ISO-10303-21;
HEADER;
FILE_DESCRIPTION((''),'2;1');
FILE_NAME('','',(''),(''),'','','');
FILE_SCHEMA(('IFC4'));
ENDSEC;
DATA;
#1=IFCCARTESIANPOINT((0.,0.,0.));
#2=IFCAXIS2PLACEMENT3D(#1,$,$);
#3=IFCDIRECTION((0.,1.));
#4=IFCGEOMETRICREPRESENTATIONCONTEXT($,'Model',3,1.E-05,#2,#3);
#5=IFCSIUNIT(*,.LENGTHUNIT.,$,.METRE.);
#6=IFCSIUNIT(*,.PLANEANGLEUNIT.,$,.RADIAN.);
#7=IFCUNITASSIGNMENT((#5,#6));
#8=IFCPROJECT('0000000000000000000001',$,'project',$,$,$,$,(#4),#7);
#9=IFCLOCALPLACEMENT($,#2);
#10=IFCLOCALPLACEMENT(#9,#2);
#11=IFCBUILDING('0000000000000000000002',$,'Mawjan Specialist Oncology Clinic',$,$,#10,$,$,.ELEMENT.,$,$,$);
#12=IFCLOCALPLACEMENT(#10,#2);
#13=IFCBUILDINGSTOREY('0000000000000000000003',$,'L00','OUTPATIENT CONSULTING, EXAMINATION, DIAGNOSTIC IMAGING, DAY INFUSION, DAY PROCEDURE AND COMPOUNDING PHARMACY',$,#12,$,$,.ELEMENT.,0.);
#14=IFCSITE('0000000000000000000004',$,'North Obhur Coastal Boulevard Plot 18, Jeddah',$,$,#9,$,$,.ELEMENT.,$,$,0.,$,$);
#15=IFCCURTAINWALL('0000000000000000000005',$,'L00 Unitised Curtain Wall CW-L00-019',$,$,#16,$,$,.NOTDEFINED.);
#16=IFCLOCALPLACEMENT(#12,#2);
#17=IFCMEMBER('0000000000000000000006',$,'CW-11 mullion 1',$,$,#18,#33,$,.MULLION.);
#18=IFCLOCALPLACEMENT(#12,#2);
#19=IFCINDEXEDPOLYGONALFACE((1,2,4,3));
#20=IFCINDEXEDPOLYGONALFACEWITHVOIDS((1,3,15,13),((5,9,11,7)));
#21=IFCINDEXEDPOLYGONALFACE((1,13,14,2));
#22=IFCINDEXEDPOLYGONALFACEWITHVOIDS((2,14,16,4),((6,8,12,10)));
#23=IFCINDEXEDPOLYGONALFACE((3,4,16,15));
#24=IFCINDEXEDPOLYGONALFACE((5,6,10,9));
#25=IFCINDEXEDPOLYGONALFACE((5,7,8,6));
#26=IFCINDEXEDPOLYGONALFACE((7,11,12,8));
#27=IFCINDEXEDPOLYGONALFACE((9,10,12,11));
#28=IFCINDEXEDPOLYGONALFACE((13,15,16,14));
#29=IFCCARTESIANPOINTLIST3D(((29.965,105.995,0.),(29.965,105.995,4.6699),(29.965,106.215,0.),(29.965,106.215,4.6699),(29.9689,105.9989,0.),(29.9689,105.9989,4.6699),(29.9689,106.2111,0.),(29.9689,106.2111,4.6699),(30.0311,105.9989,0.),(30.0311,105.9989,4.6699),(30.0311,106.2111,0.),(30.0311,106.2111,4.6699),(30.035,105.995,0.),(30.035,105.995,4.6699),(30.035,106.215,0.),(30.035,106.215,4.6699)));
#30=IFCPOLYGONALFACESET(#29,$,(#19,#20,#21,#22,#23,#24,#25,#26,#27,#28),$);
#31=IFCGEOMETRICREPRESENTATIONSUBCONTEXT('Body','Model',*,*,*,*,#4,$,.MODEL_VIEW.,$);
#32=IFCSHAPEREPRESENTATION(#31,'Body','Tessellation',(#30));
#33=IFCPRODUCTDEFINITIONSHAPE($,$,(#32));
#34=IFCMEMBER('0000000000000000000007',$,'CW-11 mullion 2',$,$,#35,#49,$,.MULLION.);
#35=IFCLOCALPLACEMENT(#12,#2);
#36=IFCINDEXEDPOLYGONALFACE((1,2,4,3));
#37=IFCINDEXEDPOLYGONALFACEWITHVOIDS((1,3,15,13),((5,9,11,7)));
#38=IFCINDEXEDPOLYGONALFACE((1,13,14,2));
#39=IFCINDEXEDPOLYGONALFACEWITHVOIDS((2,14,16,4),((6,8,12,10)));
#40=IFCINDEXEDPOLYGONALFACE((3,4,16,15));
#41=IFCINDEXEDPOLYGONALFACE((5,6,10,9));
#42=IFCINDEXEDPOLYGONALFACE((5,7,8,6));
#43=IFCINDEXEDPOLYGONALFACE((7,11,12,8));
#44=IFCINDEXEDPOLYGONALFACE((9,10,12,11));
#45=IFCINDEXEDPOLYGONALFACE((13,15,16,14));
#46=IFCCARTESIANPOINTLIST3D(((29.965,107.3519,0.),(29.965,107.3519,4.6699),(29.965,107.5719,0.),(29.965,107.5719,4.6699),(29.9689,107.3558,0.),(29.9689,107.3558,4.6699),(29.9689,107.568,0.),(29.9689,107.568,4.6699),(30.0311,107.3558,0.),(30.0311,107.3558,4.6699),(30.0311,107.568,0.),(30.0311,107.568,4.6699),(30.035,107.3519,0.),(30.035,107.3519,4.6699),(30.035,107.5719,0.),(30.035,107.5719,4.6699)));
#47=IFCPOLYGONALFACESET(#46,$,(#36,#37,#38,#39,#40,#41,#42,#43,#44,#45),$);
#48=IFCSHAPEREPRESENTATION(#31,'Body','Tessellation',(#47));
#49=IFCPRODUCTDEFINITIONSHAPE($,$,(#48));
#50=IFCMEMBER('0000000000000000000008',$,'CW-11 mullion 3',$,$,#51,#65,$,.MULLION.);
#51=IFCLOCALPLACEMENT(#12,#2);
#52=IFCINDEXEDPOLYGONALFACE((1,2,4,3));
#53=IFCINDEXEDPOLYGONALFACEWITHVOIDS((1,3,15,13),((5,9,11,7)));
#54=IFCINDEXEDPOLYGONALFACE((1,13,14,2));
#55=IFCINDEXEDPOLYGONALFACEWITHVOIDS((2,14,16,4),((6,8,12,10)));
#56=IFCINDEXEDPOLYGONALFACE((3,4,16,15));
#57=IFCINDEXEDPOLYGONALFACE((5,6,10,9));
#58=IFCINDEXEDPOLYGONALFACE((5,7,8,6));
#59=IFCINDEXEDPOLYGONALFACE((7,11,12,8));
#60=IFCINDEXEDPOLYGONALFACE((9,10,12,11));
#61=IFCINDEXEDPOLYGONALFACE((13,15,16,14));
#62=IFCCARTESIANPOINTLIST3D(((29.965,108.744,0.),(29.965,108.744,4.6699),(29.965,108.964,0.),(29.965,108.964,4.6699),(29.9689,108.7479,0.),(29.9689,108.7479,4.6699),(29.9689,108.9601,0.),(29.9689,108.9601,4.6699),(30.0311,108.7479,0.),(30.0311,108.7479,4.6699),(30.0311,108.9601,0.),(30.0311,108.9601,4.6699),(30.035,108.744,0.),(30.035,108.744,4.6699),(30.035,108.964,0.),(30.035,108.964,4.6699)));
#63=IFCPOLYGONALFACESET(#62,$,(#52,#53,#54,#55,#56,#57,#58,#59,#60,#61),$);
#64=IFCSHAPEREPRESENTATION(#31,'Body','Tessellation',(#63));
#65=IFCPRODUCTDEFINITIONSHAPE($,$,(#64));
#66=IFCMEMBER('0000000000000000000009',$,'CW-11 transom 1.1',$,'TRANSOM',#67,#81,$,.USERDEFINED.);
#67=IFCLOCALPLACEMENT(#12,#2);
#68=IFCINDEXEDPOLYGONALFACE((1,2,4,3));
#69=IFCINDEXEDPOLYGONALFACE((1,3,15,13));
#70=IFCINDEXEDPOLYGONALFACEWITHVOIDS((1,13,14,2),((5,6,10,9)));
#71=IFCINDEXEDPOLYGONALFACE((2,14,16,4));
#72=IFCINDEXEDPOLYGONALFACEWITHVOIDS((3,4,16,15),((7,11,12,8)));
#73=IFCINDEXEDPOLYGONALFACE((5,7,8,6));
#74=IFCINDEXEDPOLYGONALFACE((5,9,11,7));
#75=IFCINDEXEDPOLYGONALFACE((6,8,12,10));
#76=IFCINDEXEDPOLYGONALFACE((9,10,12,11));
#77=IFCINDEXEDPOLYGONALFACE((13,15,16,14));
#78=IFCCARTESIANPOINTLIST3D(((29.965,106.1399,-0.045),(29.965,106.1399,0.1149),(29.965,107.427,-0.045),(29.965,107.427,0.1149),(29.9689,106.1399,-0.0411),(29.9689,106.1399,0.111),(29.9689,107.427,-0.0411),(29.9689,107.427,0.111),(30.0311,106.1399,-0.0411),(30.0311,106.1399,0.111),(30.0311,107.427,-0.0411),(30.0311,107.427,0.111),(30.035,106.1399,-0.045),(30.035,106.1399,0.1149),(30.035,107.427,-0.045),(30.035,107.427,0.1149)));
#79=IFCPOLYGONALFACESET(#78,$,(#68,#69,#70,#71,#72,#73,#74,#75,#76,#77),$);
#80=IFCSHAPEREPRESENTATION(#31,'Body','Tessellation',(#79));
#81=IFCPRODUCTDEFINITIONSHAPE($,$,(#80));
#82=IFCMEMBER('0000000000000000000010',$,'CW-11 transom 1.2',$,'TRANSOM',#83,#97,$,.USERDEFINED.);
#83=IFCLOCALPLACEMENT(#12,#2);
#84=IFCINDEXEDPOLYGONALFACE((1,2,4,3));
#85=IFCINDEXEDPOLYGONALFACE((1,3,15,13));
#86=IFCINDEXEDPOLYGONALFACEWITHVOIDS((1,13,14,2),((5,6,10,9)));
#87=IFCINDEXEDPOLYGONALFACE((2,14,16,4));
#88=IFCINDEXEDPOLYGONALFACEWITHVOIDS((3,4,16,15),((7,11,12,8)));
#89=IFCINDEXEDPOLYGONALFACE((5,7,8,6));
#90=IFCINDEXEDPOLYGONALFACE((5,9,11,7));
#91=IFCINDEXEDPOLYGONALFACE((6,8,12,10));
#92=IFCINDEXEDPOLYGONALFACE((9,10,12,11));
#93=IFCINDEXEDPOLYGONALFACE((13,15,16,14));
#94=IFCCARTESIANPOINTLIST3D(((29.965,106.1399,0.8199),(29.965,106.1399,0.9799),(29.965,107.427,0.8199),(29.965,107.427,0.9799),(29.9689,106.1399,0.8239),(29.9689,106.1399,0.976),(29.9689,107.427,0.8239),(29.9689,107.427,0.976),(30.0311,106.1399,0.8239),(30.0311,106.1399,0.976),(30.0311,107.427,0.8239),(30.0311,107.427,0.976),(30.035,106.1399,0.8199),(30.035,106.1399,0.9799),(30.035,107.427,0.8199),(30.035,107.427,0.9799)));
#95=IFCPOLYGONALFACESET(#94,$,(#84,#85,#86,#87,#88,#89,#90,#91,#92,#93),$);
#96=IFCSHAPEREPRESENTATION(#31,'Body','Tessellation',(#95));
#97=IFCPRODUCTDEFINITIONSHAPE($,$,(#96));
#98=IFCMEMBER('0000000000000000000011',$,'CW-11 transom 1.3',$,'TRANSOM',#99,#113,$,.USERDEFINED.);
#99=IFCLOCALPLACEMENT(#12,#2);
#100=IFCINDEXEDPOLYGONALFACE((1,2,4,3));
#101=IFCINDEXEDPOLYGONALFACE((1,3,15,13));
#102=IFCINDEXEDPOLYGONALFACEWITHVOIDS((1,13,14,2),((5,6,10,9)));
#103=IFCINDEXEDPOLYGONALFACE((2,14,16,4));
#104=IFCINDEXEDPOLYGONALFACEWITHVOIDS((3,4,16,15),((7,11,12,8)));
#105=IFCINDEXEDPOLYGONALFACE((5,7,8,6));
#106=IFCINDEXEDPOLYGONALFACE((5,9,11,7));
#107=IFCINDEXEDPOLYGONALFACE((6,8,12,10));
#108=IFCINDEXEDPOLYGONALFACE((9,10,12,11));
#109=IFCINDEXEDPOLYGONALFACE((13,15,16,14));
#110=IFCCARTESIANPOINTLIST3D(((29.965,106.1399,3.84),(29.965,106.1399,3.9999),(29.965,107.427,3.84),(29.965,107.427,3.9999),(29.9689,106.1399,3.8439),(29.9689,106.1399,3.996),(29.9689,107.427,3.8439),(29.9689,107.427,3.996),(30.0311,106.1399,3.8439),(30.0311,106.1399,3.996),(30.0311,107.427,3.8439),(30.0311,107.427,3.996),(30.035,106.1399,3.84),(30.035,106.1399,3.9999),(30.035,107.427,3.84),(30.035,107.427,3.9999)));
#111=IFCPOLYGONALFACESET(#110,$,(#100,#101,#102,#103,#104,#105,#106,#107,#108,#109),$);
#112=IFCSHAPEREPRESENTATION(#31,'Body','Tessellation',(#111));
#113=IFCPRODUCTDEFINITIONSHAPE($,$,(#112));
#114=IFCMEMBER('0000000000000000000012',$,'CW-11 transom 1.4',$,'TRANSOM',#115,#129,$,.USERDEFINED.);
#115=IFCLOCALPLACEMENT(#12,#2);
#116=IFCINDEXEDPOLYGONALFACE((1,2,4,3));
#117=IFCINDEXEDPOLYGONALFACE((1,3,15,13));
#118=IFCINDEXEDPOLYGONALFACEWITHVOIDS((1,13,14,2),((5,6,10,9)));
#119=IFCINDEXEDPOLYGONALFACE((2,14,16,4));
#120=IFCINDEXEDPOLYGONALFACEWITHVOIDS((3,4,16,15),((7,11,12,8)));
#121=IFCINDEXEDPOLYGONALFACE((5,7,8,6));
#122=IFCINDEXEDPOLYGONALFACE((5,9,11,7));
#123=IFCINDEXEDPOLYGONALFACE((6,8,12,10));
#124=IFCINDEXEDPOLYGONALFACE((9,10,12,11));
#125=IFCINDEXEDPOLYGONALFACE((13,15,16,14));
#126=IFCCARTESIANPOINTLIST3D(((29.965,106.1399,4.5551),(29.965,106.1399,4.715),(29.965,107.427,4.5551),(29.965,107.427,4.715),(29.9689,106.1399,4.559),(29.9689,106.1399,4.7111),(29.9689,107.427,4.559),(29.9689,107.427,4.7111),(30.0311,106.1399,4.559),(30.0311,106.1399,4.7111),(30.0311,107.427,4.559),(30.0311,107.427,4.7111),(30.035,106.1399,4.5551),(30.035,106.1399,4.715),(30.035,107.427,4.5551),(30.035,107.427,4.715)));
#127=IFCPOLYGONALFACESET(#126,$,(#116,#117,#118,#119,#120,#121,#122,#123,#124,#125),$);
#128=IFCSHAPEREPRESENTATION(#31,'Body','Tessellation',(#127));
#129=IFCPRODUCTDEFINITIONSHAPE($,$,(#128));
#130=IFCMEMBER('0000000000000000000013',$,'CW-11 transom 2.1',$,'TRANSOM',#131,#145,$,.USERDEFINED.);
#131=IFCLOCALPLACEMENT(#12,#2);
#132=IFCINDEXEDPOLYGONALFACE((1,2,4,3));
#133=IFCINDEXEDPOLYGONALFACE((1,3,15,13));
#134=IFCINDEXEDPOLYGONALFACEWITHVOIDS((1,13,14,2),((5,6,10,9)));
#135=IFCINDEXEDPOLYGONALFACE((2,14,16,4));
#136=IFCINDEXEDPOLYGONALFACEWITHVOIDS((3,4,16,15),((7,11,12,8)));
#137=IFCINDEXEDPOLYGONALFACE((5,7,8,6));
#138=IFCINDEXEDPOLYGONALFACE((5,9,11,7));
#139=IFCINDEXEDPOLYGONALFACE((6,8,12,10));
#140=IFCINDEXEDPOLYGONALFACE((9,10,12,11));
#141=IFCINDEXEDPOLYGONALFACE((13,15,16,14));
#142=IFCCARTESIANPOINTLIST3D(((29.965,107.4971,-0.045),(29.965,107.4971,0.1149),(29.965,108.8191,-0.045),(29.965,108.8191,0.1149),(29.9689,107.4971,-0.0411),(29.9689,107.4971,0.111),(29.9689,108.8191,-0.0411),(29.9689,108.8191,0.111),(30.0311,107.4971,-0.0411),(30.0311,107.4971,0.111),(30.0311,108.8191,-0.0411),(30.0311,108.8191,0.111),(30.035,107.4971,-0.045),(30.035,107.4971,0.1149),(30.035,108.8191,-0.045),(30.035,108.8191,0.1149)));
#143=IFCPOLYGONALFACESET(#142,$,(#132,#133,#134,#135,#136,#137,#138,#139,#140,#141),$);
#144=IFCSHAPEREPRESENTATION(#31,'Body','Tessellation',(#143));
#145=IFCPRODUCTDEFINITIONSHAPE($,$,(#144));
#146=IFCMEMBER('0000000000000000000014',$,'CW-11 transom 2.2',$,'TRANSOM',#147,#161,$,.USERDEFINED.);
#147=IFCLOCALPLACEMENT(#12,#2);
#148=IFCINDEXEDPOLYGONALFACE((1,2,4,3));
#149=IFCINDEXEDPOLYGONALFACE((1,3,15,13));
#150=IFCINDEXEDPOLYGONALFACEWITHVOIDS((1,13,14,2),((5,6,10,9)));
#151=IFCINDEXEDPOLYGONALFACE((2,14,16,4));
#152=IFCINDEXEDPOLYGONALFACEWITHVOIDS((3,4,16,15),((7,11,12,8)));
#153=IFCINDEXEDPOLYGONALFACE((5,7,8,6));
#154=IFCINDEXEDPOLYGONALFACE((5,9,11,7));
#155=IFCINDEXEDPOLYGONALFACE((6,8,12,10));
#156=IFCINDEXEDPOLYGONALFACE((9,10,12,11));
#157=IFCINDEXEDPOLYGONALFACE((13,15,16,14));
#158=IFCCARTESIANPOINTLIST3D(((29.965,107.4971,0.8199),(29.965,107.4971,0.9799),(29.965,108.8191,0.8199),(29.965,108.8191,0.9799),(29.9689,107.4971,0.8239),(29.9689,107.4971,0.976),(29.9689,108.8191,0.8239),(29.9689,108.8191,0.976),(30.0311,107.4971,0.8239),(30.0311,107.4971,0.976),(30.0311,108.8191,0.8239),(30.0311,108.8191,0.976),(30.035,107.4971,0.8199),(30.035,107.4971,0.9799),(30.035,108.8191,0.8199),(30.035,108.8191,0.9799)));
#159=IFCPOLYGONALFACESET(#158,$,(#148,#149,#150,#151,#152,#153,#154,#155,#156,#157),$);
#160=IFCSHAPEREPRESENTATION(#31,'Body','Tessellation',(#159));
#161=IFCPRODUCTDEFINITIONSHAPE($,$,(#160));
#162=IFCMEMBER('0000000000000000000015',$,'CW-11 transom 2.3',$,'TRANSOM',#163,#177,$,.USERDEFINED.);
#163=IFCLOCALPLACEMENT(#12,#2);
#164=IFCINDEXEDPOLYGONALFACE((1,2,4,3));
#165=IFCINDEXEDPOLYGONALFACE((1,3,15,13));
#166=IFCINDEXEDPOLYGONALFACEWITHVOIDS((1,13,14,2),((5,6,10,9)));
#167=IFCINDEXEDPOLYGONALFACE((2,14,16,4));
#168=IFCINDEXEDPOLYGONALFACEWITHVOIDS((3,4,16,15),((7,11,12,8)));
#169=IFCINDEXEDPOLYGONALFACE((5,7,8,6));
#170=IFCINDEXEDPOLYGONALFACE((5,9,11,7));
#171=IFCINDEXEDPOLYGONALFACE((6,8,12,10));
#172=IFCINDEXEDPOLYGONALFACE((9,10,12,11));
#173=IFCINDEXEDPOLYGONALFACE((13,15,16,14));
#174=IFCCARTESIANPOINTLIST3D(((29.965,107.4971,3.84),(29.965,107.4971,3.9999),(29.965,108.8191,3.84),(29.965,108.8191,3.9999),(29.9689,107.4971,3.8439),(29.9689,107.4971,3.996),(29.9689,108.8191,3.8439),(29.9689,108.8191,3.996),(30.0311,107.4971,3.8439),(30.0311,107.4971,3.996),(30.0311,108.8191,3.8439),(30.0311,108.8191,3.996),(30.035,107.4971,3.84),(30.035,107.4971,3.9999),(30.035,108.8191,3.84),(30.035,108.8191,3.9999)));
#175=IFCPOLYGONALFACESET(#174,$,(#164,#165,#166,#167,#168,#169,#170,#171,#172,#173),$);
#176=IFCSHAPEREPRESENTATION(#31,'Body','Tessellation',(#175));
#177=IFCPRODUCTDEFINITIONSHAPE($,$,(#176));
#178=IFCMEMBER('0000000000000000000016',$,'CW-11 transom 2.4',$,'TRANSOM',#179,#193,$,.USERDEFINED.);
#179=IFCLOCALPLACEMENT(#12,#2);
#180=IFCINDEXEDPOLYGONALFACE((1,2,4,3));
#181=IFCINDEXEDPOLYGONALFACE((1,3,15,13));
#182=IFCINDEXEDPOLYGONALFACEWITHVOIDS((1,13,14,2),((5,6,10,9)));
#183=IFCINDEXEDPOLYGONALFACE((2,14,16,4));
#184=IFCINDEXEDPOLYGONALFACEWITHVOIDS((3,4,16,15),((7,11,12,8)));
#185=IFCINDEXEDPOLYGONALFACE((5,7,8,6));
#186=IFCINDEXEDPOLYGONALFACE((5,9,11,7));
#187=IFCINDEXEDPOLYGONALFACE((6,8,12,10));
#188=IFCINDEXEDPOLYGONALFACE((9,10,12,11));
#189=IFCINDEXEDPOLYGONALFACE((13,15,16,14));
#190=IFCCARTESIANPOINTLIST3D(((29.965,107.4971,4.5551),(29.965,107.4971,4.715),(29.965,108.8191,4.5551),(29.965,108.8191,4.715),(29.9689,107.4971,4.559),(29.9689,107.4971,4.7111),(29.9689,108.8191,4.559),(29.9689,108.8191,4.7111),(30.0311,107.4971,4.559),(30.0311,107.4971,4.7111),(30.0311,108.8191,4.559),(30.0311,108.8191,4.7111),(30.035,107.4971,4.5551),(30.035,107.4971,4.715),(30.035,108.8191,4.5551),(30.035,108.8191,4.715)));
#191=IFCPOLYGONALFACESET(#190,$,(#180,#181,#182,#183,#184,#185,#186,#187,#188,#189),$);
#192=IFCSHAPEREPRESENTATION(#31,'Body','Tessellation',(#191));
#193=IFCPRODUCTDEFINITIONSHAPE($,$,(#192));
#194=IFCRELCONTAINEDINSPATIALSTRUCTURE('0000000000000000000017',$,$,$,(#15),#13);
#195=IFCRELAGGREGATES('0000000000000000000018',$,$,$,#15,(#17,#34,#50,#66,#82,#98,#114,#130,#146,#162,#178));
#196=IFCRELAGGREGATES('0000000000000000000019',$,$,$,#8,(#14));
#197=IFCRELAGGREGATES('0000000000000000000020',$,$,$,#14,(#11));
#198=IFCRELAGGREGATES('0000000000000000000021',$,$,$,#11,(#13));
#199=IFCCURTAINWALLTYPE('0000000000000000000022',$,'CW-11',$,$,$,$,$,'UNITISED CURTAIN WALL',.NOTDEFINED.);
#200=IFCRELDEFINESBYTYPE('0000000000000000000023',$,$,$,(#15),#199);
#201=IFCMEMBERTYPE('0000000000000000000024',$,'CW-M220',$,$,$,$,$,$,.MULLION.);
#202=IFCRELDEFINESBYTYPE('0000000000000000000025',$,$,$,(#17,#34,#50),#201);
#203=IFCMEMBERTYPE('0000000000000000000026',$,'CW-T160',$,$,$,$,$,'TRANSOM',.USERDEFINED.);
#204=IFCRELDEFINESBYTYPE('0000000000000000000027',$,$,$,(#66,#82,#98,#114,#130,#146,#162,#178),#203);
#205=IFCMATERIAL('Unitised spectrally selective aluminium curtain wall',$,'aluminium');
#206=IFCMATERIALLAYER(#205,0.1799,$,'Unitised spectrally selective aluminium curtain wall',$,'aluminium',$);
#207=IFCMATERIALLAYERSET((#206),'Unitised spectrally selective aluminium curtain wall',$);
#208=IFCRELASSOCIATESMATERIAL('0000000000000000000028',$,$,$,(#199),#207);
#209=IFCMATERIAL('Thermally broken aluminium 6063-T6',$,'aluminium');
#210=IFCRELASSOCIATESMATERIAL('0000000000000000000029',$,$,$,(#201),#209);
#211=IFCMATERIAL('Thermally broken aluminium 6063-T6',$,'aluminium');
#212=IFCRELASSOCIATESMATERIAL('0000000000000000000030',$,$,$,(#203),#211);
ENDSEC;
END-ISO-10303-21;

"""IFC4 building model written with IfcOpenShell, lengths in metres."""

from ifc_helpers import new_model, si_unit, direction, frame, origin, origin_2d, place, context, subcontext, project, spatial, hollow_rectangle, extrude, material, layer, layer_set, material_profile, profile_set, type_object, element, aggregate, save


model = new_model("IFC4")

# Units and contexts
model_context = context("Model", 3, precision=1e-05, world=origin(), true_north=direction((0.0, 1.0)))
body_context = subcontext(model_context, "Body", "Model", "MODEL_VIEW")
ifc_project = project(units=[si_unit("LENGTHUNIT", "METRE"), si_unit("PLANEANGLEUNIT", "RADIAN")], contexts=[model_context])

# Site, building, storey
site_placement = place(None, origin())
site = spatial("IfcSite", under=ifc_project, at=site_placement, Name="North Obhur Coastal Boulevard Plot 18, Jeddah", CompositionType="ELEMENT", RefElevation=0.0)
building_placement = place(site_placement, origin())
building = spatial("IfcBuilding", under=site, at=building_placement, Name="Mawjan Specialist Oncology Clinic", CompositionType="ELEMENT")
storey_placement = place(building_placement, origin())
storey = spatial("IfcBuildingStorey", under=building, at=storey_placement, Name="L00", Description="OUTPATIENT CONSULTING, EXAMINATION, DIAGNOSTIC IMAGING, DAY INFUSION, DAY PROCEDURE AND COMPOUNDING PHARMACY", CompositionType="ELEMENT", Elevation=0.0)

# Curtain wall, members
ifc_material_1 = material(Name="Unitised spectrally selective aluminium curtain wall", Category="aluminium")
ifc_layer_1 = layer(ifc_material_1, 0.1799, Name="Unitised spectrally selective aluminium curtain wall", Category="aluminium")
ifc_layer_set_1 = layer_set([ifc_layer_1], Name="Unitised spectrally selective aluminium curtain wall")
curtain_wall_type = type_object("IfcCurtainWallType", Name="CW-11", ElementType="UNITISED CURTAIN WALL", PredefinedType="NOTDEFINED", material=ifc_layer_set_1)
curtain_wall_placement = place(storey_placement, origin())
curtain_wall = element("IfcCurtainWall", 1, at=curtain_wall_placement, inside=storey, type_object=curtain_wall_type, Name="L00 Unitised Curtain Wall CW-L00-019", PredefinedType="NOTDEFINED")
ifc_material_2 = material(Name="Thermally broken aluminium 6063-T6", Category="aluminium")
ifc_material_profile_1 = material_profile(ifc_material_2, hollow_rectangle(XDim=0.0701, YDim=0.22, WallThickness=0.0039, at=origin_2d()), Name="ALU MULLION 220x70x4", Category="aluminium")
ifc_profile_set_1 = profile_set([ifc_material_profile_1], Name="Thermally broken aluminium 6063-T6")
member_type_1 = type_object("IfcMemberType", Name="CW-M220", PredefinedType="MULLION", material=ifc_profile_set_1)
member_1_placement = place(storey_placement, frame((30.0, 106.105, 0.0), z_axis=(0.0, 0.0, 1.0), x_axis=(-1.0, 0.0, 0.0)))
member_1 = element("IfcMember", 2, at=member_1_placement, type_object=member_type_1, Name="CW-11 mullion 1", PredefinedType="MULLION", context=body_context, shape_type="SweptSolid", body=[
    extrude(hollow_rectangle(XDim=0.0701, YDim=0.22, WallThickness=0.0039, at=origin_2d()), origin(), (0.0, 0.0, 1.0), 4.6699),
])
member_2_placement = place(storey_placement, frame((30.0, 107.4619, 0.0), z_axis=(0.0, 0.0, 1.0), x_axis=(-1.0, 0.0, 0.0)))
member_2 = element("IfcMember", 3, at=member_2_placement, type_object=member_type_1, Name="CW-11 mullion 2", PredefinedType="MULLION", context=body_context, shape_type="SweptSolid", body=[
    extrude(hollow_rectangle(XDim=0.0701, YDim=0.22, WallThickness=0.0039, at=origin_2d()), origin(), (0.0, 0.0, 1.0), 4.6699),
])
member_3_placement = place(storey_placement, frame((30.0, 108.854, 0.0), z_axis=(0.0, 0.0, 1.0), x_axis=(-1.0, 0.0, 0.0)))
member_3 = element("IfcMember", 4, at=member_3_placement, type_object=member_type_1, Name="CW-11 mullion 3", PredefinedType="MULLION", context=body_context, shape_type="SweptSolid", body=[
    extrude(hollow_rectangle(XDim=0.0701, YDim=0.22, WallThickness=0.0039, at=origin_2d()), origin(), (0.0, 0.0, 1.0), 4.6699),
])
ifc_material_3 = material(Name="Thermally broken aluminium 6063-T6", Category="aluminium")
ifc_material_profile_2 = material_profile(ifc_material_3, hollow_rectangle(XDim=0.0701, YDim=0.1599, WallThickness=0.0039, at=origin_2d()), Name="ALU TRANSOM 160x70x4", Category="aluminium")
ifc_profile_set_2 = profile_set([ifc_material_profile_2], Name="Thermally broken aluminium 6063-T6")
member_type_2 = type_object("IfcMemberType", Name="CW-T160", ElementType="TRANSOM", PredefinedType="USERDEFINED", material=ifc_profile_set_2)
member_4_placement = place(storey_placement, frame((30.0, 106.1399, 0.0349), z_axis=(0.0, 1.0, 0.0), x_axis=(-1.0, 0.0, 0.0)))
member_4 = element("IfcMember", 5, at=member_4_placement, type_object=member_type_2, Name="CW-11 transom 1.1", ObjectType="TRANSOM", PredefinedType="USERDEFINED", context=body_context, shape_type="SweptSolid", body=[
    extrude(hollow_rectangle(XDim=0.0701, YDim=0.1599, WallThickness=0.0039, at=origin_2d()), origin(), (0.0, 0.0, 1.0), 1.2871),
])
member_5_placement = place(storey_placement, frame((30.0, 106.1399, 0.8999), z_axis=(0.0, 1.0, 0.0), x_axis=(-1.0, 0.0, 0.0)))
member_5 = element("IfcMember", 6, at=member_5_placement, type_object=member_type_2, Name="CW-11 transom 1.2", ObjectType="TRANSOM", PredefinedType="USERDEFINED", context=body_context, shape_type="SweptSolid", body=[
    extrude(hollow_rectangle(XDim=0.0701, YDim=0.1599, WallThickness=0.0039, at=origin_2d()), origin(), (0.0, 0.0, 1.0), 1.2871),
])
member_6_placement = place(storey_placement, frame((30.0, 106.1399, 3.9199), z_axis=(0.0, 1.0, 0.0), x_axis=(-1.0, 0.0, 0.0)))
member_6 = element("IfcMember", 7, at=member_6_placement, type_object=member_type_2, Name="CW-11 transom 1.3", ObjectType="TRANSOM", PredefinedType="USERDEFINED", context=body_context, shape_type="SweptSolid", body=[
    extrude(hollow_rectangle(XDim=0.0701, YDim=0.1599, WallThickness=0.0039, at=origin_2d()), origin(), (0.0, 0.0, 1.0), 1.2871),
])
member_7_placement = place(storey_placement, frame((30.0, 106.1399, 4.635), z_axis=(0.0, 1.0, 0.0), x_axis=(-1.0, 0.0, 0.0)))
member_7 = element("IfcMember", 8, at=member_7_placement, type_object=member_type_2, Name="CW-11 transom 1.4", ObjectType="TRANSOM", PredefinedType="USERDEFINED", context=body_context, shape_type="SweptSolid", body=[
    extrude(hollow_rectangle(XDim=0.0701, YDim=0.1599, WallThickness=0.0039, at=origin_2d()), origin(), (0.0, 0.0, 1.0), 1.2871),
])
member_8_placement = place(storey_placement, frame((30.0, 107.4971, 0.0349), z_axis=(0.0, 1.0, 0.0), x_axis=(-1.0, 0.0, 0.0)))
member_8 = element("IfcMember", 9, at=member_8_placement, type_object=member_type_2, Name="CW-11 transom 2.1", ObjectType="TRANSOM", PredefinedType="USERDEFINED", context=body_context, shape_type="SweptSolid", body=[
    extrude(hollow_rectangle(XDim=0.0701, YDim=0.1599, WallThickness=0.0039, at=origin_2d()), origin(), (0.0, 0.0, 1.0), 1.322),
])
member_9_placement = place(storey_placement, frame((30.0, 107.4971, 0.8999), z_axis=(0.0, 1.0, 0.0), x_axis=(-1.0, 0.0, 0.0)))
member_9 = element("IfcMember", 10, at=member_9_placement, type_object=member_type_2, Name="CW-11 transom 2.2", ObjectType="TRANSOM", PredefinedType="USERDEFINED", context=body_context, shape_type="SweptSolid", body=[
    extrude(hollow_rectangle(XDim=0.0701, YDim=0.1599, WallThickness=0.0039, at=origin_2d()), origin(), (0.0, 0.0, 1.0), 1.322),
])
member_10_placement = place(storey_placement, frame((30.0, 107.4971, 3.9199), z_axis=(0.0, 1.0, 0.0), x_axis=(-1.0, 0.0, 0.0)))
member_10 = element("IfcMember", 11, at=member_10_placement, type_object=member_type_2, Name="CW-11 transom 2.3", ObjectType="TRANSOM", PredefinedType="USERDEFINED", context=body_context, shape_type="SweptSolid", body=[
    extrude(hollow_rectangle(XDim=0.0701, YDim=0.1599, WallThickness=0.0039, at=origin_2d()), origin(), (0.0, 0.0, 1.0), 1.322),
])
member_11_placement = place(storey_placement, frame((30.0, 107.4971, 4.635), z_axis=(0.0, 1.0, 0.0), x_axis=(-1.0, 0.0, 0.0)))
member_11 = element("IfcMember", 12, at=member_11_placement, type_object=member_type_2, Name="CW-11 transom 2.4", ObjectType="TRANSOM", PredefinedType="USERDEFINED", context=body_context, shape_type="SweptSolid", body=[
    extrude(hollow_rectangle(XDim=0.0701, YDim=0.1599, WallThickness=0.0039, at=origin_2d()), origin(), (0.0, 0.0, 1.0), 1.322),
])

aggregate(curtain_wall, [member_1, member_2, member_3, member_4, member_5, member_6, member_7, member_8, member_9, member_10, member_11])

save(model, "model.ifc")
